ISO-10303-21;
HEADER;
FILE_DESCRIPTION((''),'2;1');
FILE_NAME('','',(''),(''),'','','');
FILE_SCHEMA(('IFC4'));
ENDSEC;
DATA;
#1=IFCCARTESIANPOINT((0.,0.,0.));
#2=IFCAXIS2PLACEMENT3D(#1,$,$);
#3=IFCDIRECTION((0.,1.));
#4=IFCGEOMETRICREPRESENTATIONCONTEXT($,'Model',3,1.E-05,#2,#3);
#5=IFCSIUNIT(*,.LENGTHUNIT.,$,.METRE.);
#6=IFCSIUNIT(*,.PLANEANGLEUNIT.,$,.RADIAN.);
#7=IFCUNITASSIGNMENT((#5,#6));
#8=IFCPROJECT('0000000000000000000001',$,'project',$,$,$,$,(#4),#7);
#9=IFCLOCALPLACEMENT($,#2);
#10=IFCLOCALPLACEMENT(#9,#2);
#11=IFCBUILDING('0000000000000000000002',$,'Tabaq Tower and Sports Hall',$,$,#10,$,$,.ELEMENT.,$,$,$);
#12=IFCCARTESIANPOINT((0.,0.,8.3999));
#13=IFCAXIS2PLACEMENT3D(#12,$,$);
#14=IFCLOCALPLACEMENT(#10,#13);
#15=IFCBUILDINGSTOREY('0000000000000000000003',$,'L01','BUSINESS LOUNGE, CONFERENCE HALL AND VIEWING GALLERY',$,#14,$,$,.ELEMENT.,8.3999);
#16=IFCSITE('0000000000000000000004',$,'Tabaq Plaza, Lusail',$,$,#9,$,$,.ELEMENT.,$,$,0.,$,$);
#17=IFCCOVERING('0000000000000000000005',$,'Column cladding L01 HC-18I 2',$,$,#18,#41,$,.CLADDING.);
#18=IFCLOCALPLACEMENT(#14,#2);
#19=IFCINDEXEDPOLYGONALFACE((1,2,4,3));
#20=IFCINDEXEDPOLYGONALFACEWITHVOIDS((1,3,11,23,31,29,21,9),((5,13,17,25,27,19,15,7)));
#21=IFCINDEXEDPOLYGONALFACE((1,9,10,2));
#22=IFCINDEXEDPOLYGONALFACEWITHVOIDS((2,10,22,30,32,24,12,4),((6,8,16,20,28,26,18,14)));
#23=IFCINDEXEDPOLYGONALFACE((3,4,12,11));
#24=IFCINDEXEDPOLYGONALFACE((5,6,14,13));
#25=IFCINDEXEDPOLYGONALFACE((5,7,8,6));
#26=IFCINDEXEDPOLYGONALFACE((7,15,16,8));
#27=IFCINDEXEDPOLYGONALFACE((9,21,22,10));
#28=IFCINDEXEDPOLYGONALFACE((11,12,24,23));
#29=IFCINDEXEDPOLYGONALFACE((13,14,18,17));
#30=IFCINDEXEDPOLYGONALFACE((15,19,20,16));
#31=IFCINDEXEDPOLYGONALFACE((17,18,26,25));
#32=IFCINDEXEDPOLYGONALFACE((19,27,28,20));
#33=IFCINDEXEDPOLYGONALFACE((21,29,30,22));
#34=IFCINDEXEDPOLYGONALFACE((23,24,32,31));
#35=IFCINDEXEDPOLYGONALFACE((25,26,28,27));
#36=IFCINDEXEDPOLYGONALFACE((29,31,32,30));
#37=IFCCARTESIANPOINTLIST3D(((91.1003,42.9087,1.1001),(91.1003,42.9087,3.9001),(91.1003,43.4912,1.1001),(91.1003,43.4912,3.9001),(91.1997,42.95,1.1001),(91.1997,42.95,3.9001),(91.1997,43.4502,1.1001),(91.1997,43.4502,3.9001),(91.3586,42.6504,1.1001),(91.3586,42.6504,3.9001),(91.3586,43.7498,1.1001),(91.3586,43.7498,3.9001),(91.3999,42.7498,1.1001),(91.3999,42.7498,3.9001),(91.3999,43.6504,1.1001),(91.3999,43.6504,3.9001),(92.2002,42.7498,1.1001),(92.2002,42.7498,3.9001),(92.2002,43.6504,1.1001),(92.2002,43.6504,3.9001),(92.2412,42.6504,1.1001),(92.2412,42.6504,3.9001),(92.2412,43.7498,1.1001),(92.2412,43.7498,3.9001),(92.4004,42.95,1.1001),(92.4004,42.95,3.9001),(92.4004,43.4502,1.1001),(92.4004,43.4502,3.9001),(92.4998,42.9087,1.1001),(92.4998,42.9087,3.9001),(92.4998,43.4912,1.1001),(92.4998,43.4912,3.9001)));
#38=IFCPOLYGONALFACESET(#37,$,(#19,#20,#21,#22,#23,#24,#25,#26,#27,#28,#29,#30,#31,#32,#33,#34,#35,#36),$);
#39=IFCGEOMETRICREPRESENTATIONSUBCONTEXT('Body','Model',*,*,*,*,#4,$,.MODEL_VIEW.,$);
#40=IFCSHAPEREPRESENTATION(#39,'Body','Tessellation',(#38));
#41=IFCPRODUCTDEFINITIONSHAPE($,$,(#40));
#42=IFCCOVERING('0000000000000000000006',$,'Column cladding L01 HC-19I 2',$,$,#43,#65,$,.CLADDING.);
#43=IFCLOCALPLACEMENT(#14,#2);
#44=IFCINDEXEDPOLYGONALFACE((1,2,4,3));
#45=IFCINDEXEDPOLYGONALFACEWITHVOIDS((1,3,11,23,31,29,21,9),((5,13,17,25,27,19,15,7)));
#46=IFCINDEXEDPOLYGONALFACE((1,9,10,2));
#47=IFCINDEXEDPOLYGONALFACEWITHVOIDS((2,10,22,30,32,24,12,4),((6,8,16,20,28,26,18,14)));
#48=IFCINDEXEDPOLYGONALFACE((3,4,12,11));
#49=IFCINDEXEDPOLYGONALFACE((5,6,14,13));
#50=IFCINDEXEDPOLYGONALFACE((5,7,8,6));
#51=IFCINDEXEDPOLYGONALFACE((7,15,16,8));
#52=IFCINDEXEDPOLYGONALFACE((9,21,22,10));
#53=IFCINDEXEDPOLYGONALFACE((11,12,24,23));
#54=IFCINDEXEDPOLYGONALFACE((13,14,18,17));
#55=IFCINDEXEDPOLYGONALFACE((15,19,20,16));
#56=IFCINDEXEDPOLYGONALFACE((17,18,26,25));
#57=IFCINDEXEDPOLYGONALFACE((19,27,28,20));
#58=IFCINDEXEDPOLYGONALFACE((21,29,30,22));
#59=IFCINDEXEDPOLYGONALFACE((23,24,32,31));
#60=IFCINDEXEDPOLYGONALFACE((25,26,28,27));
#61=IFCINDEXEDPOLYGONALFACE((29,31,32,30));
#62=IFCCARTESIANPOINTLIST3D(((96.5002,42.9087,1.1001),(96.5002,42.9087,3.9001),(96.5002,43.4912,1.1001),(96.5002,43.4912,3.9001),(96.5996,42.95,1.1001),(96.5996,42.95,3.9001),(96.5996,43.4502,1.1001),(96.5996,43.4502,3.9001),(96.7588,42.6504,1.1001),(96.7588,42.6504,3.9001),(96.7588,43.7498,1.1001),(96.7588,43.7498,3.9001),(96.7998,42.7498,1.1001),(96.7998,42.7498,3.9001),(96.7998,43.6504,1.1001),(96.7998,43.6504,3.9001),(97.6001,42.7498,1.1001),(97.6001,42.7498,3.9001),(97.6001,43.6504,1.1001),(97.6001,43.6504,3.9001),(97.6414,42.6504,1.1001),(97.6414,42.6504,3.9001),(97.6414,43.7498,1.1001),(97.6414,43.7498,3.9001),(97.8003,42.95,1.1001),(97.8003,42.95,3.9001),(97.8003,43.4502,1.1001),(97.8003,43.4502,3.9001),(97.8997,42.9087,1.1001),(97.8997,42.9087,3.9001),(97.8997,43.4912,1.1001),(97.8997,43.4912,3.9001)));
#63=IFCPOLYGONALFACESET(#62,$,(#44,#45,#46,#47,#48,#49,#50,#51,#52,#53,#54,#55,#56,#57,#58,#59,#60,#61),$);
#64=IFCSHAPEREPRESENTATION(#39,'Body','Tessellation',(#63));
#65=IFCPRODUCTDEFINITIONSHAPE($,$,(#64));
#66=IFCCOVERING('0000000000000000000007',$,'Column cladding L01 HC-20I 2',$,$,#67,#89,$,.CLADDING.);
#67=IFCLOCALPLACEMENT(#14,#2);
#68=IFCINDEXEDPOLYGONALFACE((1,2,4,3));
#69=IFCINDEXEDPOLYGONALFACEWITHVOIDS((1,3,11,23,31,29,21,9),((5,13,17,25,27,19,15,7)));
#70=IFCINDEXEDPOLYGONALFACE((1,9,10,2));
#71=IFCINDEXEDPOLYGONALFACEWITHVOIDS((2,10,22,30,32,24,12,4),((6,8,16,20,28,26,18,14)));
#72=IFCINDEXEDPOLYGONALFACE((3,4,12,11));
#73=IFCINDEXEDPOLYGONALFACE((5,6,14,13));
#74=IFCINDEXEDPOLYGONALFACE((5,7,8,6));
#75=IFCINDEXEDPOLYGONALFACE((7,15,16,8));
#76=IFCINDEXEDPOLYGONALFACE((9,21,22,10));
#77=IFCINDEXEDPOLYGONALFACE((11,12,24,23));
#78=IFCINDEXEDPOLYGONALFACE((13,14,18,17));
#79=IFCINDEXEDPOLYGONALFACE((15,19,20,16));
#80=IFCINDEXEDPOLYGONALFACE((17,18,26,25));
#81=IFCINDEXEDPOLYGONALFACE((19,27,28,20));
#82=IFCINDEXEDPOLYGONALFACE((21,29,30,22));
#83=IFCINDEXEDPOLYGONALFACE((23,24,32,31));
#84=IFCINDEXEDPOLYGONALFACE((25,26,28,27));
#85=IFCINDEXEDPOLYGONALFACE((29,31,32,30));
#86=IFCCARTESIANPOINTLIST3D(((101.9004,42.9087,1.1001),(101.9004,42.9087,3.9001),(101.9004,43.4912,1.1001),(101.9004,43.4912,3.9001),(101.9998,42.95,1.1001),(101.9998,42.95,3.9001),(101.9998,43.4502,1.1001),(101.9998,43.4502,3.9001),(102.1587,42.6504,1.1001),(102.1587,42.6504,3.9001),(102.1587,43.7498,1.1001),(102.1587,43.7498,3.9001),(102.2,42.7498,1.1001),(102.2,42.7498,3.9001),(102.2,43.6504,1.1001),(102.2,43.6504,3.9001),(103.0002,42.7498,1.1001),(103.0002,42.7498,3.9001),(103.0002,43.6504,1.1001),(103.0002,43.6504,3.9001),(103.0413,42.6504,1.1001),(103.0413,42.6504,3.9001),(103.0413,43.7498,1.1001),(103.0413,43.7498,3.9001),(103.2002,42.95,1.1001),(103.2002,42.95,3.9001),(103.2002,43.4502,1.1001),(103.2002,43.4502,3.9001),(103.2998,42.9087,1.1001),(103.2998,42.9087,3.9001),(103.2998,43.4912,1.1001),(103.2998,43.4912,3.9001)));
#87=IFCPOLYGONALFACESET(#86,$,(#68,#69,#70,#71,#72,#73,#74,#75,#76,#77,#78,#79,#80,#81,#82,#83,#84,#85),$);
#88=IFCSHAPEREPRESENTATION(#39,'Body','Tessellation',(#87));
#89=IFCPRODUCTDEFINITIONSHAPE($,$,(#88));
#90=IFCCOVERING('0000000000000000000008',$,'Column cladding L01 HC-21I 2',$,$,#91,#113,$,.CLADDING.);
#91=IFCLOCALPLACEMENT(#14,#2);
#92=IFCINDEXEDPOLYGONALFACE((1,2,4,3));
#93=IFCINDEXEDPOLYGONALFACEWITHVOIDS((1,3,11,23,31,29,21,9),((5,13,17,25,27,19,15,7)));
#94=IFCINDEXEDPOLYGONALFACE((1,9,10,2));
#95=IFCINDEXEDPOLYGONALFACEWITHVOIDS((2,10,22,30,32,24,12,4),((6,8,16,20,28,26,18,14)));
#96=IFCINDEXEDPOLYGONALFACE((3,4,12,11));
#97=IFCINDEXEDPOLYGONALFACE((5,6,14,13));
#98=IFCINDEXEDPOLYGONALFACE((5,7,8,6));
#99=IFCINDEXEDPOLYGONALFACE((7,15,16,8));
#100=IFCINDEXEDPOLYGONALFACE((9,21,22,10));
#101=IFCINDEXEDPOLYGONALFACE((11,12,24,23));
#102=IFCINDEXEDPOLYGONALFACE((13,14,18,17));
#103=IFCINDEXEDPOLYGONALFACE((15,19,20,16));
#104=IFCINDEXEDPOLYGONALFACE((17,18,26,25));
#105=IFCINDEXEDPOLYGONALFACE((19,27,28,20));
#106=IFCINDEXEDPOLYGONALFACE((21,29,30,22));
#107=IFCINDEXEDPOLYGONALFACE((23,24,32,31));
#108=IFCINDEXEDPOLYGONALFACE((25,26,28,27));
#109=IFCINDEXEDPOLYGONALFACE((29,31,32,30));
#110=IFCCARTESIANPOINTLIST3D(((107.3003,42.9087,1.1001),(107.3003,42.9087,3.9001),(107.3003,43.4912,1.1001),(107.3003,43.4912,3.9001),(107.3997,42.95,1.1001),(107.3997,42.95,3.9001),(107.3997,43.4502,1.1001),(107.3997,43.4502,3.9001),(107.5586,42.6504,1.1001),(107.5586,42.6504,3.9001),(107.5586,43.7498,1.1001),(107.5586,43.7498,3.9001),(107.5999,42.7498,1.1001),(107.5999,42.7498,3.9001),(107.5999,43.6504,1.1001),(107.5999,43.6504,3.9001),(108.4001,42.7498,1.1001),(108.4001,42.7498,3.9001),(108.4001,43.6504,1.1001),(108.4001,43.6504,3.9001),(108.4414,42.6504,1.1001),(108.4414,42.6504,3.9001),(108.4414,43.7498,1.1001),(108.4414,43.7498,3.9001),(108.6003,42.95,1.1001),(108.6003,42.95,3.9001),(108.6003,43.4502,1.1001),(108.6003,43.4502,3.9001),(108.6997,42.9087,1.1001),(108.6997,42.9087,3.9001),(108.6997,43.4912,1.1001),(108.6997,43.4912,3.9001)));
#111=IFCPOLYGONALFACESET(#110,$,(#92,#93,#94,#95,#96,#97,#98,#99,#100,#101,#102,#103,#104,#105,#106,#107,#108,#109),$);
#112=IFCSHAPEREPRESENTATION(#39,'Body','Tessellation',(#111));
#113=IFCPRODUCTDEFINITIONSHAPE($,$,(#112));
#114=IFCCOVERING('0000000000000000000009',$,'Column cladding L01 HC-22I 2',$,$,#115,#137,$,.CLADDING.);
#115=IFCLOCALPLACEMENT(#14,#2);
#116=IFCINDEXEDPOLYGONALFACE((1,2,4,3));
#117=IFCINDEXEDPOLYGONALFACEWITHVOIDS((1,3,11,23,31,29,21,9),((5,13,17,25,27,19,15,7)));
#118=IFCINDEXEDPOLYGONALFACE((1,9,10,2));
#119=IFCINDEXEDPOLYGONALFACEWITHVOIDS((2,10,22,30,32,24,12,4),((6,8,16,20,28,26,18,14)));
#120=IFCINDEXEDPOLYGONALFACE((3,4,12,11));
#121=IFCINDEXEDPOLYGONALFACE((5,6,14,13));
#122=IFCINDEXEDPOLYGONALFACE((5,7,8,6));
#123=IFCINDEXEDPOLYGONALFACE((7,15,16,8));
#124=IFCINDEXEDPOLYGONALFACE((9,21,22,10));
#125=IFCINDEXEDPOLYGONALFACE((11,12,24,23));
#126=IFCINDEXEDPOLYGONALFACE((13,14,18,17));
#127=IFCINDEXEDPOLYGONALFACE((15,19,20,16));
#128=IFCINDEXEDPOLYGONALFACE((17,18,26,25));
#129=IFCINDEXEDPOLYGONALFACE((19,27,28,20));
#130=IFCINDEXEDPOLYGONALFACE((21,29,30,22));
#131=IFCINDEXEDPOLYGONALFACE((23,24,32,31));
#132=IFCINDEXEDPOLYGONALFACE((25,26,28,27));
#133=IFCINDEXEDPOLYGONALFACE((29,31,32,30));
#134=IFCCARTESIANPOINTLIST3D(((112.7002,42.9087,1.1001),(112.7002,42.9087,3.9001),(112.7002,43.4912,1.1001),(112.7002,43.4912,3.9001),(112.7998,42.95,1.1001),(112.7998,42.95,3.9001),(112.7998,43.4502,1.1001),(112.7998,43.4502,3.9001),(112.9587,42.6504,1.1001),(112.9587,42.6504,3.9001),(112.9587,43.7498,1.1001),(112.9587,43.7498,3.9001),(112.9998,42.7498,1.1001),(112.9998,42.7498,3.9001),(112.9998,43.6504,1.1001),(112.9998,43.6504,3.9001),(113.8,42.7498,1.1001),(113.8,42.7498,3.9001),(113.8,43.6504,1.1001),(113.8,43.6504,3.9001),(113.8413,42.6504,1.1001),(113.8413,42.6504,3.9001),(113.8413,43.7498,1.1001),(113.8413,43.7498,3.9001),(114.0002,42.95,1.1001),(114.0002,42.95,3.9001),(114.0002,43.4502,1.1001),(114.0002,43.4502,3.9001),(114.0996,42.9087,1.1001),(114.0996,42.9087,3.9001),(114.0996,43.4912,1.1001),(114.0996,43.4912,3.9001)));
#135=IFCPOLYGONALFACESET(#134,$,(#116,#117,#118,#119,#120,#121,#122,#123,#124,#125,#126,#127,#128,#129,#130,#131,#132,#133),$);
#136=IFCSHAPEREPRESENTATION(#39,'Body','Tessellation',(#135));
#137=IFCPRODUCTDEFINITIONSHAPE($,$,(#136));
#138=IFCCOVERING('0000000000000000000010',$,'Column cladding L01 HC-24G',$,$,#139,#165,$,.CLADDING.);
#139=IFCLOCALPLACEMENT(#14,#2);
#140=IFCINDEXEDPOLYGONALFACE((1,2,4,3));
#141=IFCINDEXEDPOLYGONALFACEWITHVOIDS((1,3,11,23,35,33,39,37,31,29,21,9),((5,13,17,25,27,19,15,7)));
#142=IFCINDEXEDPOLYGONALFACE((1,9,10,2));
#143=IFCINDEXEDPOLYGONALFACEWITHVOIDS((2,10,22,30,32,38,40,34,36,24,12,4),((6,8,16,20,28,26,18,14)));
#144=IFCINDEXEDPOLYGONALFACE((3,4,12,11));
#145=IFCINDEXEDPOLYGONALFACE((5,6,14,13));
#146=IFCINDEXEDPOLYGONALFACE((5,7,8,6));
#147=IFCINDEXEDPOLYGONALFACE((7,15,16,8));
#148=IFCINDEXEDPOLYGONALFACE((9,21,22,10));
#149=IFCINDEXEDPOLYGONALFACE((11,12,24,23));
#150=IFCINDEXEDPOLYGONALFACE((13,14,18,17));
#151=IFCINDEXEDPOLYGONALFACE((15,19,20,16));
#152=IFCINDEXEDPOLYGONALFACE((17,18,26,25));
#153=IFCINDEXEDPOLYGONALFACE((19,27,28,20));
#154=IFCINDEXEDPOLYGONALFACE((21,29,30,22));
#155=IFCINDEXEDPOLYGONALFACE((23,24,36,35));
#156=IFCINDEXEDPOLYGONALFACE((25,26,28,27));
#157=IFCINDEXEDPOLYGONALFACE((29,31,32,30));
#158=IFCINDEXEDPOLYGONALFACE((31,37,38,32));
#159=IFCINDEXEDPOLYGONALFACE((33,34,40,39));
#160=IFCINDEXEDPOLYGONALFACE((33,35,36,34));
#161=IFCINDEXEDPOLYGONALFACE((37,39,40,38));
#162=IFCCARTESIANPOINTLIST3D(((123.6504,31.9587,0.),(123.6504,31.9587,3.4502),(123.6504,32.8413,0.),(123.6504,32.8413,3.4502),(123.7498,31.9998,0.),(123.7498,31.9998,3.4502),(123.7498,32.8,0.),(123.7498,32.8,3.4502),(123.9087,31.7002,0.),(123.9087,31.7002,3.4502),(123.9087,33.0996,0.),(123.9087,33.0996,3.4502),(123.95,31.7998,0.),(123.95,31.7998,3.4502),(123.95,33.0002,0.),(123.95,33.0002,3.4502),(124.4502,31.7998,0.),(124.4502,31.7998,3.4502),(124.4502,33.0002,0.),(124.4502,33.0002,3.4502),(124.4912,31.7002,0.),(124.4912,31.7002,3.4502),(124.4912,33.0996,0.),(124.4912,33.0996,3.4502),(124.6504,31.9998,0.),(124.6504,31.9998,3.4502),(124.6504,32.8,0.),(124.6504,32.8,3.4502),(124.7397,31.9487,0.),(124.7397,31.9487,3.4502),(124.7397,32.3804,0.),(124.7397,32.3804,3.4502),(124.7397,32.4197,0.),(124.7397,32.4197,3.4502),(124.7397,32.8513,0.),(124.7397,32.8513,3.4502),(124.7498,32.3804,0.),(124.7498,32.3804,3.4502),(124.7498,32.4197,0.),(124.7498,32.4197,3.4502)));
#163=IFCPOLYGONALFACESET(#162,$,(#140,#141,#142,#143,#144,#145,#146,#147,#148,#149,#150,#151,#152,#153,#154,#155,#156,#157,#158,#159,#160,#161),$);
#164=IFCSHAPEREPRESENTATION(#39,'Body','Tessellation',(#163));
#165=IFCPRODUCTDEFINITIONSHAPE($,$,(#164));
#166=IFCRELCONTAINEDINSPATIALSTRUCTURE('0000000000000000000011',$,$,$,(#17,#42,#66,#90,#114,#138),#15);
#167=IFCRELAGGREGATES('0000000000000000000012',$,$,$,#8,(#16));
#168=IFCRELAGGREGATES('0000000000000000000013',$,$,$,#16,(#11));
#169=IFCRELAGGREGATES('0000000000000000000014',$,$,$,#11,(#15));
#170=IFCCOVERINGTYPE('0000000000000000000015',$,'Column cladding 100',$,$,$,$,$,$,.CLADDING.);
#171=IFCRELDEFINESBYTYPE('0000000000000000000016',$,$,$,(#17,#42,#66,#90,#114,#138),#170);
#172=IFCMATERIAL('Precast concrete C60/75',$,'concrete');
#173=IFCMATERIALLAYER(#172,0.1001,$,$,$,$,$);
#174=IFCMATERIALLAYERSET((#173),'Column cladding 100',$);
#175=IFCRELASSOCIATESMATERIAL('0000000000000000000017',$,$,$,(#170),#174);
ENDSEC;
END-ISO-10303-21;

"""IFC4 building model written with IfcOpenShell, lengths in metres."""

from ifc_helpers import new_model, si_unit, direction, frame, origin, place, context, subcontext, project, spatial, polyline, outline, extrude, material, layer, layer_set, type_object, element, save


model = new_model("IFC4")

# Units and contexts
model_context = context("Model", 3, precision=1e-05, world=origin(), true_north=direction((0.0, 1.0)))
body_context = subcontext(model_context, "Body", "Model", "MODEL_VIEW")
ifc_project = project(units=[si_unit("LENGTHUNIT", "METRE"), si_unit("PLANEANGLEUNIT", "RADIAN")], contexts=[model_context])

# Site, building, storey
site_placement = place(None, origin())
site = spatial("IfcSite", under=ifc_project, at=site_placement, Name="Tabaq Plaza, Lusail", CompositionType="ELEMENT", RefElevation=0.0)
building_placement = place(site_placement, origin())
building = spatial("IfcBuilding", under=site, at=building_placement, Name="Tabaq Tower and Sports Hall", CompositionType="ELEMENT")
storey_placement = place(building_placement, frame((0.0, 0.0, 8.3999)))
storey = spatial("IfcBuildingStorey", under=building, at=storey_placement, Name="L01", Description="BUSINESS LOUNGE, CONFERENCE HALL AND VIEWING GALLERY", CompositionType="ELEMENT", Elevation=8.3999)

# Coverings
ifc_material_1 = material(Name="Precast concrete C60/75", Category="concrete")
ifc_layer_1 = layer(ifc_material_1, 0.1001)
ifc_layer_set_1 = layer_set([ifc_layer_1], Name="Column cladding 100")
covering_type = type_object("IfcCoveringType", Name="Column cladding 100", PredefinedType="CLADDING", material=ifc_layer_set_1)
covering_1_placement = place(storey_placement, frame((0.0, 0.0, 1.1001)))
element("IfcCovering", 1, at=covering_1_placement, inside=storey, type_object=covering_type, Name="Column cladding L01 HC-18I 2", PredefinedType="CLADDING", context=body_context, shape_type="SweptSolid", body=[
    extrude(outline(polyline([(91.1003, 42.9087), (91.1003, 43.4912), (91.3586, 43.7498), (92.2412, 43.7498), (92.4998, 43.4912), (92.4998, 42.9087), (92.2412, 42.6504), (91.3586, 42.6504), (91.1003, 42.9087)]), holes=[polyline([(92.2002, 42.7498), (92.4004, 42.95), (92.4004, 43.4502), (92.2002, 43.6504), (91.3999, 43.6504), (91.1997, 43.4502), (91.1997, 42.95), (91.3999, 42.7498), (92.2002, 42.7498)])]), origin(), (0.0, 0.0, 1.0), 2.8),
])
covering_2_placement = place(storey_placement, frame((0.0, 0.0, 1.1001)))
element("IfcCovering", 2, at=covering_2_placement, inside=storey, type_object=covering_type, Name="Column cladding L01 HC-19I 2", PredefinedType="CLADDING", context=body_context, shape_type="SweptSolid", body=[
    extrude(outline(polyline([(96.5002, 42.9087), (96.5002, 43.4912), (96.7588, 43.7498), (97.6414, 43.7498), (97.8997, 43.4912), (97.8997, 42.9087), (97.6414, 42.6504), (96.7588, 42.6504), (96.5002, 42.9087)]), holes=[polyline([(97.6001, 42.7498), (97.8003, 42.95), (97.8003, 43.4502), (97.6001, 43.6504), (96.7998, 43.6504), (96.5996, 43.4502), (96.5996, 42.95), (96.7998, 42.7498), (97.6001, 42.7498)])]), origin(), (0.0, 0.0, 1.0), 2.8),
])
covering_3_placement = place(storey_placement, frame((0.0, 0.0, 1.1001)))
element("IfcCovering", 3, at=covering_3_placement, inside=storey, type_object=covering_type, Name="Column cladding L01 HC-20I 2", PredefinedType="CLADDING", context=body_context, shape_type="SweptSolid", body=[
    extrude(outline(polyline([(101.9004, 42.9087), (101.9004, 43.4912), (102.1587, 43.7498), (103.0413, 43.7498), (103.2998, 43.4912), (103.2998, 42.9087), (103.0413, 42.6504), (102.1587, 42.6504), (101.9004, 42.9087)]), holes=[polyline([(103.0002, 42.7498), (103.2002, 42.95), (103.2002, 43.4502), (103.0002, 43.6504), (102.2, 43.6504), (101.9998, 43.4502), (101.9998, 42.95), (102.2, 42.7498), (103.0002, 42.7498)])]), origin(), (0.0, 0.0, 1.0), 2.8),
])
covering_4_placement = place(storey_placement, frame((0.0, 0.0, 1.1001)))
element("IfcCovering", 4, at=covering_4_placement, inside=storey, type_object=covering_type, Name="Column cladding L01 HC-21I 2", PredefinedType="CLADDING", context=body_context, shape_type="SweptSolid", body=[
    extrude(outline(polyline([(107.3003, 42.9087), (107.3003, 43.4912), (107.5586, 43.7498), (108.4414, 43.7498), (108.6997, 43.4912), (108.6997, 42.9087), (108.4414, 42.6504), (107.5586, 42.6504), (107.3003, 42.9087)]), holes=[polyline([(108.4001, 42.7498), (108.6003, 42.95), (108.6003, 43.4502), (108.4001, 43.6504), (107.5999, 43.6504), (107.3997, 43.4502), (107.3997, 42.95), (107.5999, 42.7498), (108.4001, 42.7498)])]), origin(), (0.0, 0.0, 1.0), 2.8),
])
covering_5_placement = place(storey_placement, frame((0.0, 0.0, 1.1001)))
element("IfcCovering", 5, at=covering_5_placement, inside=storey, type_object=covering_type, Name="Column cladding L01 HC-22I 2", PredefinedType="CLADDING", context=body_context, shape_type="SweptSolid", body=[
    extrude(outline(polyline([(112.7002, 42.9087), (112.7002, 43.4912), (112.9587, 43.7498), (113.8413, 43.7498), (114.0996, 43.4912), (114.0996, 42.9087), (113.8413, 42.6504), (112.9587, 42.6504), (112.7002, 42.9087)]), holes=[polyline([(113.8, 42.7498), (114.0002, 42.95), (114.0002, 43.4502), (113.8, 43.6504), (112.9998, 43.6504), (112.7998, 43.4502), (112.7998, 42.95), (112.9998, 42.7498), (113.8, 42.7498)])]), origin(), (0.0, 0.0, 1.0), 2.8),
])
covering_6_placement = place(storey_placement, origin())
element("IfcCovering", 6, at=covering_6_placement, inside=storey, type_object=covering_type, Name="Column cladding L01 HC-24G", PredefinedType="CLADDING", context=body_context, shape_type="SweptSolid", body=[
    extrude(outline(polyline([(123.9087, 31.7002), (123.6504, 31.9587), (123.6504, 32.8413), (123.9087, 33.0996), (124.4912, 33.0996), (124.7397, 32.8513), (124.7397, 32.4197), (124.7498, 32.4197), (124.7498, 32.3804), (124.7397, 32.3804), (124.7397, 31.9487), (124.4912, 31.7002), (123.9087, 31.7002)]), holes=[polyline([(124.4502, 33.0002), (123.95, 33.0002), (123.7498, 32.8), (123.7498, 31.9998), (123.95, 31.7998), (124.4502, 31.7998), (124.6504, 31.9998), (124.6504, 32.8), (124.4502, 33.0002)])]), origin(), (0.0, 0.0, 1.0), 3.4502),
])

save(model, "model.ifc")
